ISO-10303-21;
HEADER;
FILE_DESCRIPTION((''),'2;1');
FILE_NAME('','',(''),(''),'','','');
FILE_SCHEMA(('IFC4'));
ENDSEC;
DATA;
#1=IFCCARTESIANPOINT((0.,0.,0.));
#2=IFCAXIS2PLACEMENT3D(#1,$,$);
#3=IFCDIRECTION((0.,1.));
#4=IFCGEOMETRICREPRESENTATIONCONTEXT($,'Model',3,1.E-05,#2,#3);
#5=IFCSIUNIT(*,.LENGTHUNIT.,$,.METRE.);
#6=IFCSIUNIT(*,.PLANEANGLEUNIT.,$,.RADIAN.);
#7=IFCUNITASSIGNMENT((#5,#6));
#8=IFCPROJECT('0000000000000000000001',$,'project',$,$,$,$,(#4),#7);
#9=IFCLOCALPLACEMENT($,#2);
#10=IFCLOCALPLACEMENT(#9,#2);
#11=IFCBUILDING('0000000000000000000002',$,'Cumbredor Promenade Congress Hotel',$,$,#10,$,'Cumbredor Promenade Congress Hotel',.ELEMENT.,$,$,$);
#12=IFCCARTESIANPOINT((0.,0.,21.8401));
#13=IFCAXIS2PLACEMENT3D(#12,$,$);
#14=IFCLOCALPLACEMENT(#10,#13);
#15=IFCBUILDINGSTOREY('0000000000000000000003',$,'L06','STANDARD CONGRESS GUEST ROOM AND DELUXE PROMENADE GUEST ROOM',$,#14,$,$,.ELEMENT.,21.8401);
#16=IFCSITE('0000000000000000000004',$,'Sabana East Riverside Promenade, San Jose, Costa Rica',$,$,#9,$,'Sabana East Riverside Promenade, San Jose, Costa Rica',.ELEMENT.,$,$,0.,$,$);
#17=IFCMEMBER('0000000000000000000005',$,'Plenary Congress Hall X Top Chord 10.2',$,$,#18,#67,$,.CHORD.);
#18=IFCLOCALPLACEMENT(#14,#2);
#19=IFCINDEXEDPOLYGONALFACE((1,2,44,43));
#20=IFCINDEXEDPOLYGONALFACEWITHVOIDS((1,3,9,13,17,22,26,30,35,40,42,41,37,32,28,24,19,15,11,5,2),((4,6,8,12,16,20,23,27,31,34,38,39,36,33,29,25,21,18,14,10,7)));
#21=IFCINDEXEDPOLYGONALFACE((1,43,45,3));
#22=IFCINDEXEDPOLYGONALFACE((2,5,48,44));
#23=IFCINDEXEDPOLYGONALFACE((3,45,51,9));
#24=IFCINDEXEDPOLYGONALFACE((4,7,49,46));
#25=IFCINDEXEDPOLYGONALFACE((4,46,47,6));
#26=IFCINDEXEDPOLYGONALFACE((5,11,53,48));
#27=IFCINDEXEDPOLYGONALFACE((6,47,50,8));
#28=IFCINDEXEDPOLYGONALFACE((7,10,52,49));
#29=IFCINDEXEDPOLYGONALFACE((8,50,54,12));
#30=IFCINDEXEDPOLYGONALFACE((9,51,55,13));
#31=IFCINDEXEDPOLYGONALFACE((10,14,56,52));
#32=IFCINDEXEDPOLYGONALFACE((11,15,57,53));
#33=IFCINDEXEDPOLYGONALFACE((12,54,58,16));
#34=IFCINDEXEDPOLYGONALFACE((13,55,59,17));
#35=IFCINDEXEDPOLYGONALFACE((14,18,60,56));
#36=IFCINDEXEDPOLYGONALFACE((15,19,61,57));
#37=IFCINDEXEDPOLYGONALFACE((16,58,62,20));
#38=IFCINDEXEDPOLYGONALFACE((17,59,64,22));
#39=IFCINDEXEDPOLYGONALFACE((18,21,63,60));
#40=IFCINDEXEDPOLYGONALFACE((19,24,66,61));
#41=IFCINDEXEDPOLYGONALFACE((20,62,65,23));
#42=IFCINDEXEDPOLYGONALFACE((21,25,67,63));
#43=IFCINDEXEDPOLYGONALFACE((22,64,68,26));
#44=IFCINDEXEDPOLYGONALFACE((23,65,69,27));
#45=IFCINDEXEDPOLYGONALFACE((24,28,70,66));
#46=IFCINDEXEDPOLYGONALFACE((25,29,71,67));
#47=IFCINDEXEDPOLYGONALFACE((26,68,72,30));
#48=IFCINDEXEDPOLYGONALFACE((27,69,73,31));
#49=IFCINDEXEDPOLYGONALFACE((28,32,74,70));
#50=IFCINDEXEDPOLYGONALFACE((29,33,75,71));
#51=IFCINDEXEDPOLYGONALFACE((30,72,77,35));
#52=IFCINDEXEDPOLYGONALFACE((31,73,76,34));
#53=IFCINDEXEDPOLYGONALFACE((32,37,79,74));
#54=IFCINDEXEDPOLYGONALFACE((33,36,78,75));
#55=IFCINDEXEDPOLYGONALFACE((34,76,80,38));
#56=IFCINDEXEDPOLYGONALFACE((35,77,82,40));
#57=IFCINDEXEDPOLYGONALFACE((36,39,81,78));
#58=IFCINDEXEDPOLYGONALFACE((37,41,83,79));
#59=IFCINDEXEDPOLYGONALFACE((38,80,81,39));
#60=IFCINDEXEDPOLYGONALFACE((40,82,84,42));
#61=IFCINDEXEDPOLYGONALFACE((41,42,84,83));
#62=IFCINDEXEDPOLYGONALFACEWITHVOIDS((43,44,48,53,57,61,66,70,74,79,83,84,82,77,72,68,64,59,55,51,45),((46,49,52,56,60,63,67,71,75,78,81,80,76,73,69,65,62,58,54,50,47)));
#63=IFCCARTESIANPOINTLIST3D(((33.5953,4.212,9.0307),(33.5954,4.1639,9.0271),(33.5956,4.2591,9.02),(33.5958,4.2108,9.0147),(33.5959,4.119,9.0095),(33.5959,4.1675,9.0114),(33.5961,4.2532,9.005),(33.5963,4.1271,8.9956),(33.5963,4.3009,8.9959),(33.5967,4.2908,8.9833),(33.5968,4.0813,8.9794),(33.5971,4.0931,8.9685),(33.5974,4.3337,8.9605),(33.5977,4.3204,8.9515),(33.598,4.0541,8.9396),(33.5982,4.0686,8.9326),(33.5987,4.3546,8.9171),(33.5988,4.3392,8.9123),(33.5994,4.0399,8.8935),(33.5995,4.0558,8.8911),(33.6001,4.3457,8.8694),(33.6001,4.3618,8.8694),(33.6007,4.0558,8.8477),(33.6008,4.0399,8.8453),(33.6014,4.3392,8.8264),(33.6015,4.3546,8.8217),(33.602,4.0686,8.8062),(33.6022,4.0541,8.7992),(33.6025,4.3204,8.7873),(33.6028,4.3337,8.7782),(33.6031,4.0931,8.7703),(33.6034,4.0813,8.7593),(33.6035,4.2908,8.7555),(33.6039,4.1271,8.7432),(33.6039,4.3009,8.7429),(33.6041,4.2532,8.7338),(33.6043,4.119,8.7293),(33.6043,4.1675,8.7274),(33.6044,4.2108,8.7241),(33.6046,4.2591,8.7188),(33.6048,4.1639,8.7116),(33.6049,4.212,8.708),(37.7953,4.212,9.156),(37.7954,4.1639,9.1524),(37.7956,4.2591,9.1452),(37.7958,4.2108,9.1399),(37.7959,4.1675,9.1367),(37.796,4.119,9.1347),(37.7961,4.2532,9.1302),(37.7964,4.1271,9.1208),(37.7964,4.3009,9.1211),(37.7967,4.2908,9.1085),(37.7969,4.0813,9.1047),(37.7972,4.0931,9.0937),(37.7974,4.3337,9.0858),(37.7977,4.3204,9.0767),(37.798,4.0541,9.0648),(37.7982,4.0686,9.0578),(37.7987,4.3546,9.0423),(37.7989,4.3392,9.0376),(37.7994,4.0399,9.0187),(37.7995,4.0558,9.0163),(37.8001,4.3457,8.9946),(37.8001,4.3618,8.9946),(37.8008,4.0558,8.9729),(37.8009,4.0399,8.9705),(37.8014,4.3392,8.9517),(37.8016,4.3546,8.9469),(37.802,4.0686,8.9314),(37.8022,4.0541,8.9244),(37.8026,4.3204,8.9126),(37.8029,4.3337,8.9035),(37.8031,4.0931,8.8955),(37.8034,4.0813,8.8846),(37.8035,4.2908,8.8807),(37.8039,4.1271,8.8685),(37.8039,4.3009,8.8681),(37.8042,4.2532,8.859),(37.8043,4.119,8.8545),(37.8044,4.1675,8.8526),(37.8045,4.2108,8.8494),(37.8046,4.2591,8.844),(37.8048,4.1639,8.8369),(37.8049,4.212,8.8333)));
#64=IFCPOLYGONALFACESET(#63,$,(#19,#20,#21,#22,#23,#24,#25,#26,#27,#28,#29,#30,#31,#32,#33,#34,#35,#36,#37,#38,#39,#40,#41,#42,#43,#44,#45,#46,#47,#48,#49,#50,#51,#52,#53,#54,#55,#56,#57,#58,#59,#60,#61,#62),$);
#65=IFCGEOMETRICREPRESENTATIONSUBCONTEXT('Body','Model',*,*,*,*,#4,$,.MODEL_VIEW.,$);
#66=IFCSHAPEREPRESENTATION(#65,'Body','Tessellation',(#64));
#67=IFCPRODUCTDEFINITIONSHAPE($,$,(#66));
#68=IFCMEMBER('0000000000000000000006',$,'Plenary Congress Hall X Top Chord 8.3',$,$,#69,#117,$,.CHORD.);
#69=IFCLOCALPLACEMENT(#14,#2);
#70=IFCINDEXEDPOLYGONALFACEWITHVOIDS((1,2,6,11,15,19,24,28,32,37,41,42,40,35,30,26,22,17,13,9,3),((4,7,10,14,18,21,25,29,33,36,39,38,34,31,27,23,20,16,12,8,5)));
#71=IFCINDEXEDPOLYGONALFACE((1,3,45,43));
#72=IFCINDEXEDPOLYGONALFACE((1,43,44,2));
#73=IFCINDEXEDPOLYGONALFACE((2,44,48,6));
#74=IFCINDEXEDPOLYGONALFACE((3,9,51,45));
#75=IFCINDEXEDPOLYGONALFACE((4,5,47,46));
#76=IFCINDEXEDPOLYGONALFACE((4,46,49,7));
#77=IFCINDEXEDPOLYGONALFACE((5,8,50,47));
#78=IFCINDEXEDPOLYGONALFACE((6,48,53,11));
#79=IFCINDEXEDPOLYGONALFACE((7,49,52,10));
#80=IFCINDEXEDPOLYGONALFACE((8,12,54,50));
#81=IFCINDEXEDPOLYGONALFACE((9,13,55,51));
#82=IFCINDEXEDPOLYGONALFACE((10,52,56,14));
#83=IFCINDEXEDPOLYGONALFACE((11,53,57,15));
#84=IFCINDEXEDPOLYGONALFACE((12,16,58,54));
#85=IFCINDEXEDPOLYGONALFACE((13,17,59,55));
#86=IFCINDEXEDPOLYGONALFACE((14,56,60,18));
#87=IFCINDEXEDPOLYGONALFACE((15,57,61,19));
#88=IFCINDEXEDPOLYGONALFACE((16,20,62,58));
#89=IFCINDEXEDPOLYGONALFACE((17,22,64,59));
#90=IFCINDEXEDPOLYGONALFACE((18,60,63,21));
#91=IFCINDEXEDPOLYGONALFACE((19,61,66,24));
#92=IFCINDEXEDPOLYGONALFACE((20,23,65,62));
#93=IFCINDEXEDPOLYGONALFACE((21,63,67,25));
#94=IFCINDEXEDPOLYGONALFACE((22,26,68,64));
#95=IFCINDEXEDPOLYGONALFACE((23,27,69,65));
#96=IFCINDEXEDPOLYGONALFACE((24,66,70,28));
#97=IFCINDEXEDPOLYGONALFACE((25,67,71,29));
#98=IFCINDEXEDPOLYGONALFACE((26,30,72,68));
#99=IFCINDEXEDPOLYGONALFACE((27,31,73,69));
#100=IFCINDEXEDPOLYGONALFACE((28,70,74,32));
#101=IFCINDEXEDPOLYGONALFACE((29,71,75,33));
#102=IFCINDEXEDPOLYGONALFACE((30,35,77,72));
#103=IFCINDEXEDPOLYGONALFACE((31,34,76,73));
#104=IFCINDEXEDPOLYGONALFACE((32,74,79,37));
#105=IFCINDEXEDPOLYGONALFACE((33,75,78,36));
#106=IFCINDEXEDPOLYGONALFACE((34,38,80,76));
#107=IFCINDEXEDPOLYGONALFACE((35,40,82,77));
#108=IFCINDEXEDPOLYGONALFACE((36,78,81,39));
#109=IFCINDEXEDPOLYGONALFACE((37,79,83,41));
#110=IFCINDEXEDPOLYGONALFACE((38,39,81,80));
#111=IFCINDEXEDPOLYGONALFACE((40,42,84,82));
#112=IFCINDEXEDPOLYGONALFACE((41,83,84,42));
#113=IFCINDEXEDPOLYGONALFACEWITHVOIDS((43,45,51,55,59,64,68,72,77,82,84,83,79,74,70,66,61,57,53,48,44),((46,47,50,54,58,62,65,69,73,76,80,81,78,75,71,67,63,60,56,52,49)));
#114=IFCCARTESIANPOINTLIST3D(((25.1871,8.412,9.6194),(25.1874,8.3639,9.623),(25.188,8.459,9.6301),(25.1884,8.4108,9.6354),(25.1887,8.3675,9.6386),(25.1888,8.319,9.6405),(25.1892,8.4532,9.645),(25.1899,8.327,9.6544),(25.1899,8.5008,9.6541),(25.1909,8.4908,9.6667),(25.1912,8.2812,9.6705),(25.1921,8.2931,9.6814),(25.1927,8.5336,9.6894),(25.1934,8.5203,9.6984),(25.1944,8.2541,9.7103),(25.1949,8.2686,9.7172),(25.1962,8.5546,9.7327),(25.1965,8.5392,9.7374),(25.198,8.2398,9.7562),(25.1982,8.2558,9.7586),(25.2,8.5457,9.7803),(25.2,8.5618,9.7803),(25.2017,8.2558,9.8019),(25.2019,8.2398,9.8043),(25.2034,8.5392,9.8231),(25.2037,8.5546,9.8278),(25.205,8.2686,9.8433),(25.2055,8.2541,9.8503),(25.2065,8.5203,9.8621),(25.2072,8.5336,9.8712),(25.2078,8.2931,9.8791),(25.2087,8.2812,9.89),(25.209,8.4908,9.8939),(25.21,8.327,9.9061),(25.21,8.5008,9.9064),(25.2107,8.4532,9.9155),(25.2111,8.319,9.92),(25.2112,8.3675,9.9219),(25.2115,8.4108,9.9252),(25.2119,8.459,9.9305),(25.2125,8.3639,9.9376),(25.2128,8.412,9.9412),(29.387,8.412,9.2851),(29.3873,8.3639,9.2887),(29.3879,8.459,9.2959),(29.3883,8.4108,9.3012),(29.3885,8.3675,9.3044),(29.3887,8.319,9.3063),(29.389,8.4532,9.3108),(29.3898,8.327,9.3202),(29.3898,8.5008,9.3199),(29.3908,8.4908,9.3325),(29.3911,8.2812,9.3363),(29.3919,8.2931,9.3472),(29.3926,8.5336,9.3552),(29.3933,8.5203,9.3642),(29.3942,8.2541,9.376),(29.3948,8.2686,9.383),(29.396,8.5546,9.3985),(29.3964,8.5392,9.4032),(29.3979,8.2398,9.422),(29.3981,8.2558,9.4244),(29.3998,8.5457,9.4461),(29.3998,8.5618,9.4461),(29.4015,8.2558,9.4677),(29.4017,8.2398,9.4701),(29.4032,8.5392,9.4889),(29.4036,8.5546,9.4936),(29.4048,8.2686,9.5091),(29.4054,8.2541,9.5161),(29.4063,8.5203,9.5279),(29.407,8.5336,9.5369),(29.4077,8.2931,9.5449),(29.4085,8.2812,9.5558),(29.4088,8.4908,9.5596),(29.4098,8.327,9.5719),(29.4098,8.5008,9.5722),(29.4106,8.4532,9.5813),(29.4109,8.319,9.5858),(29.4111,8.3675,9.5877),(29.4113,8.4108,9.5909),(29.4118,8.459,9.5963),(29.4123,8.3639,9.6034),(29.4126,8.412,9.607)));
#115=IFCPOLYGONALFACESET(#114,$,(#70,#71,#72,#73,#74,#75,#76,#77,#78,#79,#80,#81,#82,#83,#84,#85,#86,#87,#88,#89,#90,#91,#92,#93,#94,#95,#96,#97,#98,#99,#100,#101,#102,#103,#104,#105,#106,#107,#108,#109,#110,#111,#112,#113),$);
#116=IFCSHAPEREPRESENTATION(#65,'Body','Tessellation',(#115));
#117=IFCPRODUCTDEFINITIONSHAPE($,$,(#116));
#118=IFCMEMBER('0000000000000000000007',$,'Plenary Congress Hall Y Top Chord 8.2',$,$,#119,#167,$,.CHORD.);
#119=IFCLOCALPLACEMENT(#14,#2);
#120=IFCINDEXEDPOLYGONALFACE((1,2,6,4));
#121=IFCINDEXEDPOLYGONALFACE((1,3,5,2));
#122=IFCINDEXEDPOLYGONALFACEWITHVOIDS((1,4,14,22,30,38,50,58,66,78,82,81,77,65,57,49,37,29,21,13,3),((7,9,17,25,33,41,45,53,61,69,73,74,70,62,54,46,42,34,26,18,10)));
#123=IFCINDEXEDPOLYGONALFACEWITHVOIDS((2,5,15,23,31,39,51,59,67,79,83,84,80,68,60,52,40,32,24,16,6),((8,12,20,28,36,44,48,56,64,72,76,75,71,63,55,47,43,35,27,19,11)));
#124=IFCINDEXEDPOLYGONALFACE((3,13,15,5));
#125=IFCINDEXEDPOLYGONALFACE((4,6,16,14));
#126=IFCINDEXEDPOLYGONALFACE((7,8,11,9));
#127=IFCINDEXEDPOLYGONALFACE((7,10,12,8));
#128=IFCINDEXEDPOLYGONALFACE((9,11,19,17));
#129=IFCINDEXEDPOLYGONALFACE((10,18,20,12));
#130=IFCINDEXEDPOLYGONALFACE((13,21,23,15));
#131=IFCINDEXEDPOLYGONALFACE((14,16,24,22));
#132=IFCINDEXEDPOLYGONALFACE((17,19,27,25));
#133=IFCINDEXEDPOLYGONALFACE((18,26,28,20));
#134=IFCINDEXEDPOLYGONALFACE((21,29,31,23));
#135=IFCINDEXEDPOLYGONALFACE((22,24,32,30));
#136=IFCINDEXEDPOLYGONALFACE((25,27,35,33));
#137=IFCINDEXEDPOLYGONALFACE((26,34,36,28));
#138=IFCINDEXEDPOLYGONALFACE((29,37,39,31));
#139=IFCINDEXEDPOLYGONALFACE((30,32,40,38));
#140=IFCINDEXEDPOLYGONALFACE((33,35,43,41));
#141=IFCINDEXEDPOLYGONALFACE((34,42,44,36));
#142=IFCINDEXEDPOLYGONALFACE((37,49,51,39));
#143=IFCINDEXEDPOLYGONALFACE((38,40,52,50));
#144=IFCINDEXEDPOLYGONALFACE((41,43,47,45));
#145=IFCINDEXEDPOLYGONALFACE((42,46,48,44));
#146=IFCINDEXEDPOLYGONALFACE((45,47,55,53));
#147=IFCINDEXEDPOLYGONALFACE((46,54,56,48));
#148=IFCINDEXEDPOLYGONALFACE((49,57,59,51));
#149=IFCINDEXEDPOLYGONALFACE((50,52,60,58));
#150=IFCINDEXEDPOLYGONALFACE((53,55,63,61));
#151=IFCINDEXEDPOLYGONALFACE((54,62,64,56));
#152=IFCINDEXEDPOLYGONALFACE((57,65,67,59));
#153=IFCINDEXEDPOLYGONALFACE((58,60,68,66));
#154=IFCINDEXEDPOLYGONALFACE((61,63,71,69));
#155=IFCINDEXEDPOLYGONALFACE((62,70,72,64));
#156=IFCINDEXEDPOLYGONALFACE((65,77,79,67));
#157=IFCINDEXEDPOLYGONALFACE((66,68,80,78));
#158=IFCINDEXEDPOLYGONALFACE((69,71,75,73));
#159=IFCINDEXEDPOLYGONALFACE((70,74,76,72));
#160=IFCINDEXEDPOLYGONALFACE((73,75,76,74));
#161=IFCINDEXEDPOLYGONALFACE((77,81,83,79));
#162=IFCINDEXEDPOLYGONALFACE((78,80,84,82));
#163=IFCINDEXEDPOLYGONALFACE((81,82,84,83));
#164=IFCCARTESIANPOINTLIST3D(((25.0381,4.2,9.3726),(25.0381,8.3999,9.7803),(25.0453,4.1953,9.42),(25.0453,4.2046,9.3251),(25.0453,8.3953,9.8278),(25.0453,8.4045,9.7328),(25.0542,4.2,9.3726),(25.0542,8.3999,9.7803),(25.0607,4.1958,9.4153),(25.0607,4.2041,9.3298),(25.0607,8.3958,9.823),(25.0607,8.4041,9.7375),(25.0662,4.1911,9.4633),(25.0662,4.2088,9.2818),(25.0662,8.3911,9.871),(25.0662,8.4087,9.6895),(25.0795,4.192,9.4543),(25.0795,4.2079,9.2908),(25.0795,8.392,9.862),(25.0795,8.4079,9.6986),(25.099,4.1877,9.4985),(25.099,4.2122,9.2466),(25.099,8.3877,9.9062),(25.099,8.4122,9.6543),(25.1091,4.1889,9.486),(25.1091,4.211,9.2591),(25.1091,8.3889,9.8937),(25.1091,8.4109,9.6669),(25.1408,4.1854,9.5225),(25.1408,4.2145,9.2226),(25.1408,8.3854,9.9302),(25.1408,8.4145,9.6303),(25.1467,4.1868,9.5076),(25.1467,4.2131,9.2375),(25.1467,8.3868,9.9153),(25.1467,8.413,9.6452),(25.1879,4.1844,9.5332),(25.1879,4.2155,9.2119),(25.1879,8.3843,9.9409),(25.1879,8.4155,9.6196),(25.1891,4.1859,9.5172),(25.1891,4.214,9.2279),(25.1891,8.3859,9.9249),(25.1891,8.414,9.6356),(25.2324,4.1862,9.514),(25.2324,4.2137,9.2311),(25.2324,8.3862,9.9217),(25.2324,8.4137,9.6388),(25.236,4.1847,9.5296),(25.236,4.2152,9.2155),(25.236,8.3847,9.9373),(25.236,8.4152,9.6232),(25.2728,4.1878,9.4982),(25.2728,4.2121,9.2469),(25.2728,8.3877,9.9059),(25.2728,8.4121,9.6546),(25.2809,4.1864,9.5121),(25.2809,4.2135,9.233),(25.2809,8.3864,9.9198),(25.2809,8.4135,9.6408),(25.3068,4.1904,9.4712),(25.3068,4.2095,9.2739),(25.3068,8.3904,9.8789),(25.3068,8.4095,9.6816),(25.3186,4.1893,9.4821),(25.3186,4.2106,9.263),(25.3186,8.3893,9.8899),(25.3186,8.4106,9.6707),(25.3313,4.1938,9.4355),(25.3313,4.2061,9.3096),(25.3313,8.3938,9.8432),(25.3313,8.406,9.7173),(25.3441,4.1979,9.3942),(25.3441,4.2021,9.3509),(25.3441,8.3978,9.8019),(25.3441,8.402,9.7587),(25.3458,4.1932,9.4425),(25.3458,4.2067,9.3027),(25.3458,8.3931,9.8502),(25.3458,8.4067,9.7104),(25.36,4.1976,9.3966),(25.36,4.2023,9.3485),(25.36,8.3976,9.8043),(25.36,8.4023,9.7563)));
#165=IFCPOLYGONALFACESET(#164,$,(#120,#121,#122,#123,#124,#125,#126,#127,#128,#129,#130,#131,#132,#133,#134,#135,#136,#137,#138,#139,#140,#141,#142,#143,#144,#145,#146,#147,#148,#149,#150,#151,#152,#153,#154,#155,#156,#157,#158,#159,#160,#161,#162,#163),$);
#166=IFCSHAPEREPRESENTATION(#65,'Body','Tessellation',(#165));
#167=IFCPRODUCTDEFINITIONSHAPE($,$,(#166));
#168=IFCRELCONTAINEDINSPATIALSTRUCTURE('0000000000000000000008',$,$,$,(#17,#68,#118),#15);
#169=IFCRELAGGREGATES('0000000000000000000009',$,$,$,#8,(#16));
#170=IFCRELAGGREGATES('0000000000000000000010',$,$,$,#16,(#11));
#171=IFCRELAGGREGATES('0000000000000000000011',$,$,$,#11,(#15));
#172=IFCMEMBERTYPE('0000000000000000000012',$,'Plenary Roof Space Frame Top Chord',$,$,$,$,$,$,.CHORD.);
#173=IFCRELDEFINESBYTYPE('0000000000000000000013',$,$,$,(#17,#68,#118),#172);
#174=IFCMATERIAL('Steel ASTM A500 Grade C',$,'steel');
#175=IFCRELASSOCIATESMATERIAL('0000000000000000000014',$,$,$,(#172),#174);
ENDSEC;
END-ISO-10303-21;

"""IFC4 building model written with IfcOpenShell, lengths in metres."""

from ifc_helpers import new_model, si_unit, direction, frame, origin, origin_2d, place, context, subcontext, project, spatial, hollow_circle, extrude, material, material_profile, profile_set, type_object, element, save


model = new_model("IFC4")

# Units and contexts
model_context = context("Model", 3, precision=1e-05, world=origin(), true_north=direction((0.0, 1.0)))
body_context = subcontext(model_context, "Body", "Model", "MODEL_VIEW")
ifc_project = project(units=[si_unit("LENGTHUNIT", "METRE"), si_unit("PLANEANGLEUNIT", "RADIAN")], contexts=[model_context])

# Site, building, storey
site_placement = place(None, origin())
site = spatial("IfcSite", under=ifc_project, at=site_placement, Name="Sabana East Riverside Promenade, San Jose, Costa Rica", LongName="Sabana East Riverside Promenade, San Jose, Costa Rica", CompositionType="ELEMENT", RefElevation=0.0)
building_placement = place(site_placement, origin())
building = spatial("IfcBuilding", under=site, at=building_placement, Name="Cumbredor Promenade Congress Hotel", LongName="Cumbredor Promenade Congress Hotel", CompositionType="ELEMENT")
storey_placement = place(building_placement, frame((0.0, 0.0, 21.8401)))
storey = spatial("IfcBuildingStorey", under=building, at=storey_placement, Name="L06", Description="STANDARD CONGRESS GUEST ROOM AND DELUXE PROMENADE GUEST ROOM", CompositionType="ELEMENT", Elevation=21.8401)

# Members
ifc_material_1 = material(Name="Steel ASTM A500 Grade C", Category="steel")
ifc_material_profile_1 = material_profile(ifc_material_1, hollow_circle(Radius=0.1619, WallThickness=0.0161, at=origin_2d()), Name="CHS 323.9x16")
ifc_profile_set_1 = profile_set([ifc_material_profile_1], Name="Steel ASTM A500 Grade C")
member_type_1 = type_object("IfcMemberType", Name="Plenary Roof Space Frame Top Chord", PredefinedType="CHORD", material=ifc_profile_set_1)
member_1_placement = place(storey_placement, frame((33.6001, 4.2, 8.8694), z_axis=(0.999556, 0.0, 0.029807), x_axis=(0.0, 1.0, 0.0)))
element("IfcMember", 1, at=member_1_placement, inside=storey, type_object=member_type_1, Name="Plenary Congress Hall X Top Chord 10.2", PredefinedType="CHORD", context=body_context, shape_type="SweptSolid", body=[
    extrude(hollow_circle(Radius=0.1619, WallThickness=0.0161, at=origin_2d()), origin(), (0.0, 0.0, 1.0), 4.2019),
])
member_2_placement = place(storey_placement, frame((25.2, 8.3999, 9.7803), z_axis=(0.996849, 0.0, -0.079328), x_axis=(0.0, 1.0, 0.0)))
element("IfcMember", 2, at=member_2_placement, inside=storey, type_object=member_type_1, Name="Plenary Congress Hall X Top Chord 8.3", PredefinedType="CHORD", context=body_context, shape_type="SweptSolid", body=[
    extrude(hollow_circle(Radius=0.1619, WallThickness=0.0161, at=origin_2d()), origin(), (0.0, 0.0, 1.0), 4.2131),
])
member_3_placement = place(storey_placement, frame((25.2, 4.2, 9.3726), z_axis=(0.0, 0.995321, 0.096622), x_axis=(-1.0, 0.0, 0.0)))
element("IfcMember", 3, at=member_3_placement, inside=storey, type_object=member_type_1, Name="Plenary Congress Hall Y Top Chord 8.2", PredefinedType="CHORD", context=body_context, shape_type="SweptSolid", body=[
    extrude(hollow_circle(Radius=0.1619, WallThickness=0.0161, at=origin_2d()), origin(), (0.0, 0.0, 1.0), 4.2197),
])

save(model, "model.ifc")
